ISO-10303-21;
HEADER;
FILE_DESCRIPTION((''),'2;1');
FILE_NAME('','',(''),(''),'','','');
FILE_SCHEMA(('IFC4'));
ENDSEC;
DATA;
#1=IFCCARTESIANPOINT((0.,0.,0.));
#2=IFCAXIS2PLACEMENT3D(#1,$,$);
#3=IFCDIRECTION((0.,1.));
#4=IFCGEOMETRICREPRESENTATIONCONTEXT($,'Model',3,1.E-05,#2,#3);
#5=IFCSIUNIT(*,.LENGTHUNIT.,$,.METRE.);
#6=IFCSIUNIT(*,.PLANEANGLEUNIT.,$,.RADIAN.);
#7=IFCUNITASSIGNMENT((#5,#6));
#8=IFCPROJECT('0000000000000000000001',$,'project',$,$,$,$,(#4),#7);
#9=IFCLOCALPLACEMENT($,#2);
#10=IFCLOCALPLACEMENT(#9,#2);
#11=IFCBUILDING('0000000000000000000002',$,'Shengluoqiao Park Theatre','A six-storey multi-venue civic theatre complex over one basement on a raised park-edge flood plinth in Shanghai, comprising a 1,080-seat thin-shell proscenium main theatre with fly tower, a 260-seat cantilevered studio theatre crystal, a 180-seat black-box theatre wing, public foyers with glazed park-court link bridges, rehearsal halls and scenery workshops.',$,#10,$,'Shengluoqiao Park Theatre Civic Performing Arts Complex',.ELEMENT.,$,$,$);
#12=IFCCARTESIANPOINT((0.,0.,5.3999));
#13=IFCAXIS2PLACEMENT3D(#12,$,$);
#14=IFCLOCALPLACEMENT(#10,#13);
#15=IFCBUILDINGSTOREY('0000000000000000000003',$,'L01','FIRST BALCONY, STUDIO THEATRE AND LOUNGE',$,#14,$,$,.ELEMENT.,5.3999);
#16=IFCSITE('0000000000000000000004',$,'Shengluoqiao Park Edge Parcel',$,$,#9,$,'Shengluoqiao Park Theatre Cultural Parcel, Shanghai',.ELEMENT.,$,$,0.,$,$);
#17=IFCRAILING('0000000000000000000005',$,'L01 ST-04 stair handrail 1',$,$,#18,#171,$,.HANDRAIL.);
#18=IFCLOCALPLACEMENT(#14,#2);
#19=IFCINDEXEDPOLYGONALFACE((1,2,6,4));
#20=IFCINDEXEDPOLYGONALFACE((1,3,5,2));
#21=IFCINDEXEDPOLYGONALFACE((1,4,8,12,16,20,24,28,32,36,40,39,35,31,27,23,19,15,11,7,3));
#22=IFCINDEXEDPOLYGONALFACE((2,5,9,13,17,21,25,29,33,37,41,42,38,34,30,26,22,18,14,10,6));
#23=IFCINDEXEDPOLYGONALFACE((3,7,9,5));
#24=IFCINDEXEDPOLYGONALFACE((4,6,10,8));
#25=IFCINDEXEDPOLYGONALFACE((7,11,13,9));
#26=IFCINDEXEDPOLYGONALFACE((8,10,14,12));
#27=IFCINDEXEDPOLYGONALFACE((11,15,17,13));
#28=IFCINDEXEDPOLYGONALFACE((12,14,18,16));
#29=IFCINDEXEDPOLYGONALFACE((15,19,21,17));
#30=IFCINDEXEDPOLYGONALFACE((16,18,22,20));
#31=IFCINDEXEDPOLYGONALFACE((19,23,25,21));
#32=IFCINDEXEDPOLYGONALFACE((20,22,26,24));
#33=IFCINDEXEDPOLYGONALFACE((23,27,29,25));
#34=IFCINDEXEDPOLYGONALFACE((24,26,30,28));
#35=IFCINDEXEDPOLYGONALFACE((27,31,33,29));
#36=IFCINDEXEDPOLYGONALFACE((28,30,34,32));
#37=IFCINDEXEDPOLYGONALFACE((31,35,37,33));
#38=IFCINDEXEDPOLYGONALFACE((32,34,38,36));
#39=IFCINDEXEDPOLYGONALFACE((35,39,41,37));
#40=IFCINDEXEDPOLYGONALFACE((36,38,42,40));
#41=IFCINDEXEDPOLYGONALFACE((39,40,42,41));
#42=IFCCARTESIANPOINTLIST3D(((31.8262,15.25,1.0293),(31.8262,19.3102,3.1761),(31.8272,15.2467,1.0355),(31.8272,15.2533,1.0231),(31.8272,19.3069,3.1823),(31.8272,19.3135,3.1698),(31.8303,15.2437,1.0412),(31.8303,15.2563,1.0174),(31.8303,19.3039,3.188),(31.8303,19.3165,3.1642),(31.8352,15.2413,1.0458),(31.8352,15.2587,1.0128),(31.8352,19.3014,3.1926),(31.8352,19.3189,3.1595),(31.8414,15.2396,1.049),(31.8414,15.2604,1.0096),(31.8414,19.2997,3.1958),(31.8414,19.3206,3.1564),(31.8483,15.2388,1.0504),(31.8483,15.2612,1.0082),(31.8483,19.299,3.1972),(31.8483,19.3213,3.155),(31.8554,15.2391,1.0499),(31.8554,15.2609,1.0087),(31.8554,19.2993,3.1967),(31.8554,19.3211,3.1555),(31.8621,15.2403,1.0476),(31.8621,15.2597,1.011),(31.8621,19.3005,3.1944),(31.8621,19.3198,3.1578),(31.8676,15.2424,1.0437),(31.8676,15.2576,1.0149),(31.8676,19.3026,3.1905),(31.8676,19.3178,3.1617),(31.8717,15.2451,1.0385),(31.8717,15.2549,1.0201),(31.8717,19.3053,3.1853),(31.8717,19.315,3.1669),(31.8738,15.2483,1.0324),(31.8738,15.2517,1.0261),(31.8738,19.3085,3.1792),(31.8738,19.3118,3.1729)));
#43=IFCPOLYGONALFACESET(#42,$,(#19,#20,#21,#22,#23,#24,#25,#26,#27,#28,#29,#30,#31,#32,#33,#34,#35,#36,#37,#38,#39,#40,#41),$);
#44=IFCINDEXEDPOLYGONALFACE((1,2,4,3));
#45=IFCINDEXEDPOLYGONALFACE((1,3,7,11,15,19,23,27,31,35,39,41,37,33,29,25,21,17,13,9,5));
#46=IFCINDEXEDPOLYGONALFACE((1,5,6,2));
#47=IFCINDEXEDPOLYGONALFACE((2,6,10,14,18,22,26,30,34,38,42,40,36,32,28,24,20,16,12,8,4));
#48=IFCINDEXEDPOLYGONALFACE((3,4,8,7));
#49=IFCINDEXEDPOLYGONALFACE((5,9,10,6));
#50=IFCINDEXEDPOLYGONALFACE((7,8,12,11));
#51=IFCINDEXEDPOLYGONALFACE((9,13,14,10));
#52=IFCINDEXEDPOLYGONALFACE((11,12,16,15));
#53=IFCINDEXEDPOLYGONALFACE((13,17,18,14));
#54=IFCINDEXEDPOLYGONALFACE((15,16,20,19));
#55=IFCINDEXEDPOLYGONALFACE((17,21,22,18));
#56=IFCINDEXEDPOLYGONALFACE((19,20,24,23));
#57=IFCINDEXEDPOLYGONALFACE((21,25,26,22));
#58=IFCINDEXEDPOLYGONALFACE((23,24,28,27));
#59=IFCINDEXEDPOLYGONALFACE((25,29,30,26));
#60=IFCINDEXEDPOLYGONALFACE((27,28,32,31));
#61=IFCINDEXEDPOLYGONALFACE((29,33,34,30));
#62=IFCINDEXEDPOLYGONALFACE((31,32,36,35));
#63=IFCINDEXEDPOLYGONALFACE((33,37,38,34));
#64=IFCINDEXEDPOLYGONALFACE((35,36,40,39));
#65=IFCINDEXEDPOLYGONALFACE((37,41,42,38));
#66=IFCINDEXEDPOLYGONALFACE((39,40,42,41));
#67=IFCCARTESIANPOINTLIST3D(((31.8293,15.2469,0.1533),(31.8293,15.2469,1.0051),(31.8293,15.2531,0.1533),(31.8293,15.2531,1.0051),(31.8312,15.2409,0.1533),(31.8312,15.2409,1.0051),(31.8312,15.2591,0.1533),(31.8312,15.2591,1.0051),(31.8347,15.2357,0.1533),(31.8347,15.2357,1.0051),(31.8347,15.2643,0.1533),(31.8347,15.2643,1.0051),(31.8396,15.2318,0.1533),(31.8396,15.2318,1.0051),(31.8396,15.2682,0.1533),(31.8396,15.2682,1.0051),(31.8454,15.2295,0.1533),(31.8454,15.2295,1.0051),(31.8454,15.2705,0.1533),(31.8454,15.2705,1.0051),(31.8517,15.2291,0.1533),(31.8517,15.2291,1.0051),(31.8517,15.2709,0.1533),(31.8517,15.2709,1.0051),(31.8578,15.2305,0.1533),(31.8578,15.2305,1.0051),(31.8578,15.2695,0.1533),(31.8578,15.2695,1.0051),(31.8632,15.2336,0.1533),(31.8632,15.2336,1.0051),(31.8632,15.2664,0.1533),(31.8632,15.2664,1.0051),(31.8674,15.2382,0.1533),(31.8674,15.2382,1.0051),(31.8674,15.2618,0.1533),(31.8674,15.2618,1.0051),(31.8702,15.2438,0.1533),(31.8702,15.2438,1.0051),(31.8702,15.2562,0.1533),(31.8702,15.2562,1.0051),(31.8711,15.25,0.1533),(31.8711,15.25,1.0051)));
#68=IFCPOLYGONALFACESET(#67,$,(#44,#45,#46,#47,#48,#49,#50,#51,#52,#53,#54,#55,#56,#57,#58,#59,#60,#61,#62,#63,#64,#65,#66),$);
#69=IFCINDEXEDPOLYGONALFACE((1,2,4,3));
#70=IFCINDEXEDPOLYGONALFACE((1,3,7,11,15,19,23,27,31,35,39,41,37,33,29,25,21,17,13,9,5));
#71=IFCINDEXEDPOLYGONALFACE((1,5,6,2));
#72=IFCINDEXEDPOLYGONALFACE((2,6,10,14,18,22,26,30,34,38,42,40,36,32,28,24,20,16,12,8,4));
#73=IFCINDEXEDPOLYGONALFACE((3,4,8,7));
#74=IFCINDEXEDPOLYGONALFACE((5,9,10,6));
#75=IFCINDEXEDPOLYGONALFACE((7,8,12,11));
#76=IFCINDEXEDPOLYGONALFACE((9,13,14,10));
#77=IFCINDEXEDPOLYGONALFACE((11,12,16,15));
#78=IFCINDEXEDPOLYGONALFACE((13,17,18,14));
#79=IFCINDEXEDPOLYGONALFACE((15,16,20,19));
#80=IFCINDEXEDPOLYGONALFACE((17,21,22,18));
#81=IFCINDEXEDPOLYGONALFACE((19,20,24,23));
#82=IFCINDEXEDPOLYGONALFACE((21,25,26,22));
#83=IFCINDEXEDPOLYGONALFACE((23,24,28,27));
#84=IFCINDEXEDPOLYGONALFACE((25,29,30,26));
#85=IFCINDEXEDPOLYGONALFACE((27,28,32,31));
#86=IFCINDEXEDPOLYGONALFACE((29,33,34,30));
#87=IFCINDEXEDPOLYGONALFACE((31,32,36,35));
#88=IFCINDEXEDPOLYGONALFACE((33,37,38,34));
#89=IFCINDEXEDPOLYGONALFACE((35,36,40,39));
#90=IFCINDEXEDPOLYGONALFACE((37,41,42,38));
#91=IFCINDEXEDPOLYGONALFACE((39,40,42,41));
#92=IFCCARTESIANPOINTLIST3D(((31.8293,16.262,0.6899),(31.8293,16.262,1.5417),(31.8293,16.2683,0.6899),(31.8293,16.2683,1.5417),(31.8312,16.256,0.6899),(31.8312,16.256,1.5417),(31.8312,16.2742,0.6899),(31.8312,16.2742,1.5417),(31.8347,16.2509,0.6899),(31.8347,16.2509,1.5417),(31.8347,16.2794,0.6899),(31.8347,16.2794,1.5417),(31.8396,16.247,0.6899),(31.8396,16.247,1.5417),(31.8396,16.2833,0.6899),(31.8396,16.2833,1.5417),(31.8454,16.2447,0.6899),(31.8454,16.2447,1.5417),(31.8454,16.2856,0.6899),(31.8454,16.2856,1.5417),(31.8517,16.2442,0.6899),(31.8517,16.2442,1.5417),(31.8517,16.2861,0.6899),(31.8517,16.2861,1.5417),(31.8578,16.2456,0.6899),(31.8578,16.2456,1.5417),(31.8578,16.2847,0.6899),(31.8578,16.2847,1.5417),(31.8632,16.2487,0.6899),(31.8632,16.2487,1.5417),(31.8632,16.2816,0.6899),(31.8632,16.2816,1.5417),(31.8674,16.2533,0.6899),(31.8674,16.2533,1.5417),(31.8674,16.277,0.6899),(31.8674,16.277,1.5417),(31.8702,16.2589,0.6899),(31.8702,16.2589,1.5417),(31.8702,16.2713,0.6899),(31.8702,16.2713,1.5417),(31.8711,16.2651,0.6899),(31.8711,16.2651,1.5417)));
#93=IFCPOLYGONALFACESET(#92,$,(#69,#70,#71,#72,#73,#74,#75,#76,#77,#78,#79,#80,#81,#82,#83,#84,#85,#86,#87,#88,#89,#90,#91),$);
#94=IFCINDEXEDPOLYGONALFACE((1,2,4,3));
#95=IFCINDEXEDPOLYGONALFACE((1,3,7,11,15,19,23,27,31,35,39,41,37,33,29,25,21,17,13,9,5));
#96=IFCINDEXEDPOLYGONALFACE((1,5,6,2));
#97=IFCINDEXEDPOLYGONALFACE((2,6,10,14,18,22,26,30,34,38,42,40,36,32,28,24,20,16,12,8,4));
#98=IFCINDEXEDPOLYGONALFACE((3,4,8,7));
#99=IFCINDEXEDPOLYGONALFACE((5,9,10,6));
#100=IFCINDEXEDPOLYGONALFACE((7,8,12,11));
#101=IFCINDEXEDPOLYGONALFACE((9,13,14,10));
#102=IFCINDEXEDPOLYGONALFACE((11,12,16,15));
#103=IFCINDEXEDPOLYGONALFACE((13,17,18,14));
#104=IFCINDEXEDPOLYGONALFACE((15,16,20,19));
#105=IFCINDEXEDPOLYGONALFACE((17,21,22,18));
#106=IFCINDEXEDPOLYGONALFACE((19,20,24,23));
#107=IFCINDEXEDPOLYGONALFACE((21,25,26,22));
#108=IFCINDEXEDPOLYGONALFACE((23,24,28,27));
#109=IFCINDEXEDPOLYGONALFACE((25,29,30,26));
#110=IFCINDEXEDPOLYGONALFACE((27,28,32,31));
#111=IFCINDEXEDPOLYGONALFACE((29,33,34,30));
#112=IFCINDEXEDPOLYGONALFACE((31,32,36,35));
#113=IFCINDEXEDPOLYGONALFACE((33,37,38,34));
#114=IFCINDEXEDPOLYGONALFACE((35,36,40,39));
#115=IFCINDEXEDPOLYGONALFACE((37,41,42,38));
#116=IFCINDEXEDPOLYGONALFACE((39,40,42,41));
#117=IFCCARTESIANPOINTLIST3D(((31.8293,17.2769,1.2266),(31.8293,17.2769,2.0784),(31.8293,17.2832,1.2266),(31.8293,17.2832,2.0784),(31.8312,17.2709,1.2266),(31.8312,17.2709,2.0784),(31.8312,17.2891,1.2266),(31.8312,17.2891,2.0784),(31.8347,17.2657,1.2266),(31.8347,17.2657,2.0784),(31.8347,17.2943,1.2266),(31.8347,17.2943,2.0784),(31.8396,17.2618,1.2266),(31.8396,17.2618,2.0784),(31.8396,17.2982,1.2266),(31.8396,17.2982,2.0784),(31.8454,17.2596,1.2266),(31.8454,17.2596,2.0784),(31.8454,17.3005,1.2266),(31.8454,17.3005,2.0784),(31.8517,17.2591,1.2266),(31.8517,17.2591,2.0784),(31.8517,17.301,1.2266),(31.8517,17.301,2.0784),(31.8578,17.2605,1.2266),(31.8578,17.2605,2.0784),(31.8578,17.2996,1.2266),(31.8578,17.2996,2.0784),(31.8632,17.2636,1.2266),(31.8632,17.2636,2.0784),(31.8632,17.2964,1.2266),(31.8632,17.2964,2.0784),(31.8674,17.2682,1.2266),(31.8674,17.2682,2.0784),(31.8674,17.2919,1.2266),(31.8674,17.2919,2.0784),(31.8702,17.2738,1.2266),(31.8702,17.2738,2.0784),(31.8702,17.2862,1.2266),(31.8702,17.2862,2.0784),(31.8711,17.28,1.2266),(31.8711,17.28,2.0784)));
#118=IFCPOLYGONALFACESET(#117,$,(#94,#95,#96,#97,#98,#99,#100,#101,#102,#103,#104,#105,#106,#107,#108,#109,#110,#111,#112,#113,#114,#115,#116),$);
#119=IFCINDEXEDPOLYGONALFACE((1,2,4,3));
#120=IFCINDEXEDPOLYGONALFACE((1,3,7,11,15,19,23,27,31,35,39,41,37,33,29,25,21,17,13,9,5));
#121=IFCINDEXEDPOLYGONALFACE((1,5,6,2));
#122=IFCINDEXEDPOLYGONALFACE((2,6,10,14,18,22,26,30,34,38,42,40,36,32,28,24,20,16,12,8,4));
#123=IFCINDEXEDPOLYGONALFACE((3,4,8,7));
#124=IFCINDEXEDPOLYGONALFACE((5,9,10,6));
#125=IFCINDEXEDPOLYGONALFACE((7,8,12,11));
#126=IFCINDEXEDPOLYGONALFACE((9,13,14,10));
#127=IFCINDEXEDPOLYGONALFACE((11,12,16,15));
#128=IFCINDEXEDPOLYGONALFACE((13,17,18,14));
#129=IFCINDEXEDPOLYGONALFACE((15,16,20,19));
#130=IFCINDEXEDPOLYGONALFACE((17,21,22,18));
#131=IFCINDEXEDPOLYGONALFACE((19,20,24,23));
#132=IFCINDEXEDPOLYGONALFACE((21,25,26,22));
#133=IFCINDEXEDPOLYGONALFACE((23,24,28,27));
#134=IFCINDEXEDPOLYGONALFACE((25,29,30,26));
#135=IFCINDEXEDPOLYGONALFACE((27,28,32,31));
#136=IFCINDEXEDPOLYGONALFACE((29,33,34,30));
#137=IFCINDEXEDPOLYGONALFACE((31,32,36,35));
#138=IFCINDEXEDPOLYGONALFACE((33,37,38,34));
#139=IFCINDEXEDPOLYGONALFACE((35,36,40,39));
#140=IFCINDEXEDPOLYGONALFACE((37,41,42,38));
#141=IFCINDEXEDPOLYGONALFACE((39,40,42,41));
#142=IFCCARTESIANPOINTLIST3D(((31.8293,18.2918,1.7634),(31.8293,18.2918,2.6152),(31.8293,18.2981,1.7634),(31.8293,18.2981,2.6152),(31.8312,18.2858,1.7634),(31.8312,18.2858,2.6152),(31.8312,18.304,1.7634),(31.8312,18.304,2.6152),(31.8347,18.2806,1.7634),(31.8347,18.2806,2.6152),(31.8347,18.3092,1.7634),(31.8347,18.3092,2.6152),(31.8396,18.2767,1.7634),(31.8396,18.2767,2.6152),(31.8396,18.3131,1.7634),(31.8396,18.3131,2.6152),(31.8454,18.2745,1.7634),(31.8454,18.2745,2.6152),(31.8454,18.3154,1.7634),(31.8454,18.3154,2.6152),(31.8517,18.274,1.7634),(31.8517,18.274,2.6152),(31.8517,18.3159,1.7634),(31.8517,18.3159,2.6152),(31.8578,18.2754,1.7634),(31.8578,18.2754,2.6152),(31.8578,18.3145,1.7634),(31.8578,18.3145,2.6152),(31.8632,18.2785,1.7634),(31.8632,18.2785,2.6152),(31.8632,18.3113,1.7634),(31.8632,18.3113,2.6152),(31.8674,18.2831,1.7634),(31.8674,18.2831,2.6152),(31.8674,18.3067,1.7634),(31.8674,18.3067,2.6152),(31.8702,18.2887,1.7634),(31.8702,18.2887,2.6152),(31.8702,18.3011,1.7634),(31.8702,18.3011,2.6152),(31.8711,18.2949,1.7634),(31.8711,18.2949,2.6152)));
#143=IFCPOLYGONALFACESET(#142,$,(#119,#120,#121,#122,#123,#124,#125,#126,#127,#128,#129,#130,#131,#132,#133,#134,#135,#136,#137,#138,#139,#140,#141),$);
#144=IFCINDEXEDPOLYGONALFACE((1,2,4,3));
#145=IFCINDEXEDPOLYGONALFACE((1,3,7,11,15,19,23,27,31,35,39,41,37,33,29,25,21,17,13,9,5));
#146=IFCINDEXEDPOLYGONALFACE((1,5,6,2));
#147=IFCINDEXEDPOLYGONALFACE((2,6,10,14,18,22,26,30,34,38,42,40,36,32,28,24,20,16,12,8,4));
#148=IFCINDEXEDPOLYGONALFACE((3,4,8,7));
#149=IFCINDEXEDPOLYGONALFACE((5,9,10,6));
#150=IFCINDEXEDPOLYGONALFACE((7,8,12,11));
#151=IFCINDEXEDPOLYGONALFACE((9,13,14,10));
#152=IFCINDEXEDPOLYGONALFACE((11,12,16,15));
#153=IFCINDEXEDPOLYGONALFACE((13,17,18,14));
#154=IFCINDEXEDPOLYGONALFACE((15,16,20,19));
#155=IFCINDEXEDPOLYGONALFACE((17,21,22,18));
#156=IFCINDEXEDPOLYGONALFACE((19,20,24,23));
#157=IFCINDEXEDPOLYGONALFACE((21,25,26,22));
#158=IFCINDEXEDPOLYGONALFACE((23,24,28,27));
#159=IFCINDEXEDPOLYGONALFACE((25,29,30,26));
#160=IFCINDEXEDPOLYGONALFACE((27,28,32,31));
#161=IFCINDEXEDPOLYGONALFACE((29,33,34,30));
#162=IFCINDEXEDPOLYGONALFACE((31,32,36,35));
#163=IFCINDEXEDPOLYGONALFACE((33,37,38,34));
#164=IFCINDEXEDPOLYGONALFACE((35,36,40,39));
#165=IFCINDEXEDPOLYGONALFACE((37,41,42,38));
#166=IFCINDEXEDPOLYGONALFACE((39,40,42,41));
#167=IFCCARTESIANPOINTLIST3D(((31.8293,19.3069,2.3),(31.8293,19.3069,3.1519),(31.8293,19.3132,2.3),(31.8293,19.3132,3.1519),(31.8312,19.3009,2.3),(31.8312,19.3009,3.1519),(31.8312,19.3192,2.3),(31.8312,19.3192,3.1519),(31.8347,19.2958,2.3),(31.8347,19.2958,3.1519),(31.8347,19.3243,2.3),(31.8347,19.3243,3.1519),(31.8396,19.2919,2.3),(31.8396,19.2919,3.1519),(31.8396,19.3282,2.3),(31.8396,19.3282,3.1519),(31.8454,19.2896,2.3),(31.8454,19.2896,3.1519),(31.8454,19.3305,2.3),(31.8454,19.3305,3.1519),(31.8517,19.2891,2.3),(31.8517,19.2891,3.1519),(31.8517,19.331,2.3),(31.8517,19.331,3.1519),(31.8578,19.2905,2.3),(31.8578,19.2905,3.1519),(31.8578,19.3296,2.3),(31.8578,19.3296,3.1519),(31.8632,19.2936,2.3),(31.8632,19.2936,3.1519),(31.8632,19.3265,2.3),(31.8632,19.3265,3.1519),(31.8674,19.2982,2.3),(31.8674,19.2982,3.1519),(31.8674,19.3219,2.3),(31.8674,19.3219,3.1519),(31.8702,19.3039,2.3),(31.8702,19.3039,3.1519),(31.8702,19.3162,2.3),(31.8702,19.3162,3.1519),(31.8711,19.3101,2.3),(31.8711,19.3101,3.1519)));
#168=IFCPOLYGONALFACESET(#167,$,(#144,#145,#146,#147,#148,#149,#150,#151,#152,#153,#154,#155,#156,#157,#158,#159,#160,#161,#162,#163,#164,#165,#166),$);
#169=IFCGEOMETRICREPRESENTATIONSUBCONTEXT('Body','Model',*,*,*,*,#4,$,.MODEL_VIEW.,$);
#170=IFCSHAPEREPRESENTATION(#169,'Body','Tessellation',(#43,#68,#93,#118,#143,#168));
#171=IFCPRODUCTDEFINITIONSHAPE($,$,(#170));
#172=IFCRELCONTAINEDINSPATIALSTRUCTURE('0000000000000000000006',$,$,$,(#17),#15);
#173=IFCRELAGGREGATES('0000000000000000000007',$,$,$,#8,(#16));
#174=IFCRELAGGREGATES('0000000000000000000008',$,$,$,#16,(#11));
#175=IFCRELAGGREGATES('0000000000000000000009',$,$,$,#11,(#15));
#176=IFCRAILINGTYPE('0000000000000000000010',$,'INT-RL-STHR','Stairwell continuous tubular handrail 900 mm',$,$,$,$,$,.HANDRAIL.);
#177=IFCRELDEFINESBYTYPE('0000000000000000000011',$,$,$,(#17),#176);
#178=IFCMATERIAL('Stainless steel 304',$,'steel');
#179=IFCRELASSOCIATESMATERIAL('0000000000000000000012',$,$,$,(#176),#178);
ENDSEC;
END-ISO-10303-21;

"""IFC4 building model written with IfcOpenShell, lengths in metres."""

from ifc_helpers import new_model, si_unit, direction, frame, origin, origin_2d, place, context, subcontext, project, spatial, circle, extrude, material, type_object, element, save


model = new_model("IFC4")

# Units and contexts
model_context = context("Model", 3, precision=1e-05, world=origin(), true_north=direction((0.0, 1.0)))
body_context = subcontext(model_context, "Body", "Model", "MODEL_VIEW")
ifc_project = project(units=[si_unit("LENGTHUNIT", "METRE"), si_unit("PLANEANGLEUNIT", "RADIAN")], contexts=[model_context])

# Site, building, storey
site_placement = place(None, origin())
site = spatial("IfcSite", under=ifc_project, at=site_placement, Name="Shengluoqiao Park Edge Parcel", LongName="Shengluoqiao Park Theatre Cultural Parcel, Shanghai", CompositionType="ELEMENT", RefElevation=0.0)
building_placement = place(site_placement, origin())
building = spatial("IfcBuilding", under=site, at=building_placement, Name="Shengluoqiao Park Theatre", Description="A six-storey multi-venue civic theatre complex over one basement on a raised park-edge flood plinth in Shanghai, comprising a 1,080-seat thin-shell proscenium main theatre with fly tower, a 260-seat cantilevered studio theatre crystal, a 180-seat black-box theatre wing, public foyers with glazed park-court link bridges, rehearsal halls and scenery workshops.", LongName="Shengluoqiao Park Theatre Civic Performing Arts Complex", CompositionType="ELEMENT")
storey_placement = place(building_placement, frame((0.0, 0.0, 5.3999)))
storey = spatial("IfcBuildingStorey", under=building, at=storey_placement, Name="L01", Description="FIRST BALCONY, STUDIO THEATRE AND LOUNGE", CompositionType="ELEMENT", Elevation=5.3999)

# Railing
ifc_material_1 = material(Name="Stainless steel 304", Category="steel")
railing_type_1 = type_object("IfcRailingType", Name="INT-RL-STHR", Description="Stairwell continuous tubular handrail 900 mm", PredefinedType="HANDRAIL", material=ifc_material_1)
railing_1_placement = place(storey_placement, frame((31.8501, 15.25, 0.1533)))
element("IfcRailing", 1, at=railing_1_placement, inside=storey, type_object=railing_type_1, Name="L01 ST-04 stair handrail 1", PredefinedType="HANDRAIL", context=body_context, shape_type="SweptSolid", body=[
    extrude(circle(Radius=0.0239, at=origin_2d()), frame((0.0, 0.0, 0.876), z_axis=(0.0, 0.884032, 0.467426), x_axis=(-1.0, 0.0, 0.0)), (0.0, 0.0, 1.0), 4.5928),
    extrude(circle(Radius=0.021, at=origin_2d()), origin(), (0.0, 0.0, 1.0), 0.8518),
    extrude(circle(Radius=0.021, at=origin_2d()), frame((0.0, 1.0151, 0.5366)), (0.0, 0.0, 1.0), 0.8518),
    extrude(circle(Radius=0.021, at=origin_2d()), frame((0.0, 2.03, 1.0732)), (0.0, 0.0, 1.0), 0.8518),
    extrude(circle(Radius=0.021, at=origin_2d()), frame((0.0, 3.0449, 1.6101)), (0.0, 0.0, 1.0), 0.8518),
    extrude(circle(Radius=0.021, at=origin_2d()), frame((0.0, 4.0601, 2.1467)), (0.0, 0.0, 1.0), 0.8518),
])

save(model, "model.ifc")
